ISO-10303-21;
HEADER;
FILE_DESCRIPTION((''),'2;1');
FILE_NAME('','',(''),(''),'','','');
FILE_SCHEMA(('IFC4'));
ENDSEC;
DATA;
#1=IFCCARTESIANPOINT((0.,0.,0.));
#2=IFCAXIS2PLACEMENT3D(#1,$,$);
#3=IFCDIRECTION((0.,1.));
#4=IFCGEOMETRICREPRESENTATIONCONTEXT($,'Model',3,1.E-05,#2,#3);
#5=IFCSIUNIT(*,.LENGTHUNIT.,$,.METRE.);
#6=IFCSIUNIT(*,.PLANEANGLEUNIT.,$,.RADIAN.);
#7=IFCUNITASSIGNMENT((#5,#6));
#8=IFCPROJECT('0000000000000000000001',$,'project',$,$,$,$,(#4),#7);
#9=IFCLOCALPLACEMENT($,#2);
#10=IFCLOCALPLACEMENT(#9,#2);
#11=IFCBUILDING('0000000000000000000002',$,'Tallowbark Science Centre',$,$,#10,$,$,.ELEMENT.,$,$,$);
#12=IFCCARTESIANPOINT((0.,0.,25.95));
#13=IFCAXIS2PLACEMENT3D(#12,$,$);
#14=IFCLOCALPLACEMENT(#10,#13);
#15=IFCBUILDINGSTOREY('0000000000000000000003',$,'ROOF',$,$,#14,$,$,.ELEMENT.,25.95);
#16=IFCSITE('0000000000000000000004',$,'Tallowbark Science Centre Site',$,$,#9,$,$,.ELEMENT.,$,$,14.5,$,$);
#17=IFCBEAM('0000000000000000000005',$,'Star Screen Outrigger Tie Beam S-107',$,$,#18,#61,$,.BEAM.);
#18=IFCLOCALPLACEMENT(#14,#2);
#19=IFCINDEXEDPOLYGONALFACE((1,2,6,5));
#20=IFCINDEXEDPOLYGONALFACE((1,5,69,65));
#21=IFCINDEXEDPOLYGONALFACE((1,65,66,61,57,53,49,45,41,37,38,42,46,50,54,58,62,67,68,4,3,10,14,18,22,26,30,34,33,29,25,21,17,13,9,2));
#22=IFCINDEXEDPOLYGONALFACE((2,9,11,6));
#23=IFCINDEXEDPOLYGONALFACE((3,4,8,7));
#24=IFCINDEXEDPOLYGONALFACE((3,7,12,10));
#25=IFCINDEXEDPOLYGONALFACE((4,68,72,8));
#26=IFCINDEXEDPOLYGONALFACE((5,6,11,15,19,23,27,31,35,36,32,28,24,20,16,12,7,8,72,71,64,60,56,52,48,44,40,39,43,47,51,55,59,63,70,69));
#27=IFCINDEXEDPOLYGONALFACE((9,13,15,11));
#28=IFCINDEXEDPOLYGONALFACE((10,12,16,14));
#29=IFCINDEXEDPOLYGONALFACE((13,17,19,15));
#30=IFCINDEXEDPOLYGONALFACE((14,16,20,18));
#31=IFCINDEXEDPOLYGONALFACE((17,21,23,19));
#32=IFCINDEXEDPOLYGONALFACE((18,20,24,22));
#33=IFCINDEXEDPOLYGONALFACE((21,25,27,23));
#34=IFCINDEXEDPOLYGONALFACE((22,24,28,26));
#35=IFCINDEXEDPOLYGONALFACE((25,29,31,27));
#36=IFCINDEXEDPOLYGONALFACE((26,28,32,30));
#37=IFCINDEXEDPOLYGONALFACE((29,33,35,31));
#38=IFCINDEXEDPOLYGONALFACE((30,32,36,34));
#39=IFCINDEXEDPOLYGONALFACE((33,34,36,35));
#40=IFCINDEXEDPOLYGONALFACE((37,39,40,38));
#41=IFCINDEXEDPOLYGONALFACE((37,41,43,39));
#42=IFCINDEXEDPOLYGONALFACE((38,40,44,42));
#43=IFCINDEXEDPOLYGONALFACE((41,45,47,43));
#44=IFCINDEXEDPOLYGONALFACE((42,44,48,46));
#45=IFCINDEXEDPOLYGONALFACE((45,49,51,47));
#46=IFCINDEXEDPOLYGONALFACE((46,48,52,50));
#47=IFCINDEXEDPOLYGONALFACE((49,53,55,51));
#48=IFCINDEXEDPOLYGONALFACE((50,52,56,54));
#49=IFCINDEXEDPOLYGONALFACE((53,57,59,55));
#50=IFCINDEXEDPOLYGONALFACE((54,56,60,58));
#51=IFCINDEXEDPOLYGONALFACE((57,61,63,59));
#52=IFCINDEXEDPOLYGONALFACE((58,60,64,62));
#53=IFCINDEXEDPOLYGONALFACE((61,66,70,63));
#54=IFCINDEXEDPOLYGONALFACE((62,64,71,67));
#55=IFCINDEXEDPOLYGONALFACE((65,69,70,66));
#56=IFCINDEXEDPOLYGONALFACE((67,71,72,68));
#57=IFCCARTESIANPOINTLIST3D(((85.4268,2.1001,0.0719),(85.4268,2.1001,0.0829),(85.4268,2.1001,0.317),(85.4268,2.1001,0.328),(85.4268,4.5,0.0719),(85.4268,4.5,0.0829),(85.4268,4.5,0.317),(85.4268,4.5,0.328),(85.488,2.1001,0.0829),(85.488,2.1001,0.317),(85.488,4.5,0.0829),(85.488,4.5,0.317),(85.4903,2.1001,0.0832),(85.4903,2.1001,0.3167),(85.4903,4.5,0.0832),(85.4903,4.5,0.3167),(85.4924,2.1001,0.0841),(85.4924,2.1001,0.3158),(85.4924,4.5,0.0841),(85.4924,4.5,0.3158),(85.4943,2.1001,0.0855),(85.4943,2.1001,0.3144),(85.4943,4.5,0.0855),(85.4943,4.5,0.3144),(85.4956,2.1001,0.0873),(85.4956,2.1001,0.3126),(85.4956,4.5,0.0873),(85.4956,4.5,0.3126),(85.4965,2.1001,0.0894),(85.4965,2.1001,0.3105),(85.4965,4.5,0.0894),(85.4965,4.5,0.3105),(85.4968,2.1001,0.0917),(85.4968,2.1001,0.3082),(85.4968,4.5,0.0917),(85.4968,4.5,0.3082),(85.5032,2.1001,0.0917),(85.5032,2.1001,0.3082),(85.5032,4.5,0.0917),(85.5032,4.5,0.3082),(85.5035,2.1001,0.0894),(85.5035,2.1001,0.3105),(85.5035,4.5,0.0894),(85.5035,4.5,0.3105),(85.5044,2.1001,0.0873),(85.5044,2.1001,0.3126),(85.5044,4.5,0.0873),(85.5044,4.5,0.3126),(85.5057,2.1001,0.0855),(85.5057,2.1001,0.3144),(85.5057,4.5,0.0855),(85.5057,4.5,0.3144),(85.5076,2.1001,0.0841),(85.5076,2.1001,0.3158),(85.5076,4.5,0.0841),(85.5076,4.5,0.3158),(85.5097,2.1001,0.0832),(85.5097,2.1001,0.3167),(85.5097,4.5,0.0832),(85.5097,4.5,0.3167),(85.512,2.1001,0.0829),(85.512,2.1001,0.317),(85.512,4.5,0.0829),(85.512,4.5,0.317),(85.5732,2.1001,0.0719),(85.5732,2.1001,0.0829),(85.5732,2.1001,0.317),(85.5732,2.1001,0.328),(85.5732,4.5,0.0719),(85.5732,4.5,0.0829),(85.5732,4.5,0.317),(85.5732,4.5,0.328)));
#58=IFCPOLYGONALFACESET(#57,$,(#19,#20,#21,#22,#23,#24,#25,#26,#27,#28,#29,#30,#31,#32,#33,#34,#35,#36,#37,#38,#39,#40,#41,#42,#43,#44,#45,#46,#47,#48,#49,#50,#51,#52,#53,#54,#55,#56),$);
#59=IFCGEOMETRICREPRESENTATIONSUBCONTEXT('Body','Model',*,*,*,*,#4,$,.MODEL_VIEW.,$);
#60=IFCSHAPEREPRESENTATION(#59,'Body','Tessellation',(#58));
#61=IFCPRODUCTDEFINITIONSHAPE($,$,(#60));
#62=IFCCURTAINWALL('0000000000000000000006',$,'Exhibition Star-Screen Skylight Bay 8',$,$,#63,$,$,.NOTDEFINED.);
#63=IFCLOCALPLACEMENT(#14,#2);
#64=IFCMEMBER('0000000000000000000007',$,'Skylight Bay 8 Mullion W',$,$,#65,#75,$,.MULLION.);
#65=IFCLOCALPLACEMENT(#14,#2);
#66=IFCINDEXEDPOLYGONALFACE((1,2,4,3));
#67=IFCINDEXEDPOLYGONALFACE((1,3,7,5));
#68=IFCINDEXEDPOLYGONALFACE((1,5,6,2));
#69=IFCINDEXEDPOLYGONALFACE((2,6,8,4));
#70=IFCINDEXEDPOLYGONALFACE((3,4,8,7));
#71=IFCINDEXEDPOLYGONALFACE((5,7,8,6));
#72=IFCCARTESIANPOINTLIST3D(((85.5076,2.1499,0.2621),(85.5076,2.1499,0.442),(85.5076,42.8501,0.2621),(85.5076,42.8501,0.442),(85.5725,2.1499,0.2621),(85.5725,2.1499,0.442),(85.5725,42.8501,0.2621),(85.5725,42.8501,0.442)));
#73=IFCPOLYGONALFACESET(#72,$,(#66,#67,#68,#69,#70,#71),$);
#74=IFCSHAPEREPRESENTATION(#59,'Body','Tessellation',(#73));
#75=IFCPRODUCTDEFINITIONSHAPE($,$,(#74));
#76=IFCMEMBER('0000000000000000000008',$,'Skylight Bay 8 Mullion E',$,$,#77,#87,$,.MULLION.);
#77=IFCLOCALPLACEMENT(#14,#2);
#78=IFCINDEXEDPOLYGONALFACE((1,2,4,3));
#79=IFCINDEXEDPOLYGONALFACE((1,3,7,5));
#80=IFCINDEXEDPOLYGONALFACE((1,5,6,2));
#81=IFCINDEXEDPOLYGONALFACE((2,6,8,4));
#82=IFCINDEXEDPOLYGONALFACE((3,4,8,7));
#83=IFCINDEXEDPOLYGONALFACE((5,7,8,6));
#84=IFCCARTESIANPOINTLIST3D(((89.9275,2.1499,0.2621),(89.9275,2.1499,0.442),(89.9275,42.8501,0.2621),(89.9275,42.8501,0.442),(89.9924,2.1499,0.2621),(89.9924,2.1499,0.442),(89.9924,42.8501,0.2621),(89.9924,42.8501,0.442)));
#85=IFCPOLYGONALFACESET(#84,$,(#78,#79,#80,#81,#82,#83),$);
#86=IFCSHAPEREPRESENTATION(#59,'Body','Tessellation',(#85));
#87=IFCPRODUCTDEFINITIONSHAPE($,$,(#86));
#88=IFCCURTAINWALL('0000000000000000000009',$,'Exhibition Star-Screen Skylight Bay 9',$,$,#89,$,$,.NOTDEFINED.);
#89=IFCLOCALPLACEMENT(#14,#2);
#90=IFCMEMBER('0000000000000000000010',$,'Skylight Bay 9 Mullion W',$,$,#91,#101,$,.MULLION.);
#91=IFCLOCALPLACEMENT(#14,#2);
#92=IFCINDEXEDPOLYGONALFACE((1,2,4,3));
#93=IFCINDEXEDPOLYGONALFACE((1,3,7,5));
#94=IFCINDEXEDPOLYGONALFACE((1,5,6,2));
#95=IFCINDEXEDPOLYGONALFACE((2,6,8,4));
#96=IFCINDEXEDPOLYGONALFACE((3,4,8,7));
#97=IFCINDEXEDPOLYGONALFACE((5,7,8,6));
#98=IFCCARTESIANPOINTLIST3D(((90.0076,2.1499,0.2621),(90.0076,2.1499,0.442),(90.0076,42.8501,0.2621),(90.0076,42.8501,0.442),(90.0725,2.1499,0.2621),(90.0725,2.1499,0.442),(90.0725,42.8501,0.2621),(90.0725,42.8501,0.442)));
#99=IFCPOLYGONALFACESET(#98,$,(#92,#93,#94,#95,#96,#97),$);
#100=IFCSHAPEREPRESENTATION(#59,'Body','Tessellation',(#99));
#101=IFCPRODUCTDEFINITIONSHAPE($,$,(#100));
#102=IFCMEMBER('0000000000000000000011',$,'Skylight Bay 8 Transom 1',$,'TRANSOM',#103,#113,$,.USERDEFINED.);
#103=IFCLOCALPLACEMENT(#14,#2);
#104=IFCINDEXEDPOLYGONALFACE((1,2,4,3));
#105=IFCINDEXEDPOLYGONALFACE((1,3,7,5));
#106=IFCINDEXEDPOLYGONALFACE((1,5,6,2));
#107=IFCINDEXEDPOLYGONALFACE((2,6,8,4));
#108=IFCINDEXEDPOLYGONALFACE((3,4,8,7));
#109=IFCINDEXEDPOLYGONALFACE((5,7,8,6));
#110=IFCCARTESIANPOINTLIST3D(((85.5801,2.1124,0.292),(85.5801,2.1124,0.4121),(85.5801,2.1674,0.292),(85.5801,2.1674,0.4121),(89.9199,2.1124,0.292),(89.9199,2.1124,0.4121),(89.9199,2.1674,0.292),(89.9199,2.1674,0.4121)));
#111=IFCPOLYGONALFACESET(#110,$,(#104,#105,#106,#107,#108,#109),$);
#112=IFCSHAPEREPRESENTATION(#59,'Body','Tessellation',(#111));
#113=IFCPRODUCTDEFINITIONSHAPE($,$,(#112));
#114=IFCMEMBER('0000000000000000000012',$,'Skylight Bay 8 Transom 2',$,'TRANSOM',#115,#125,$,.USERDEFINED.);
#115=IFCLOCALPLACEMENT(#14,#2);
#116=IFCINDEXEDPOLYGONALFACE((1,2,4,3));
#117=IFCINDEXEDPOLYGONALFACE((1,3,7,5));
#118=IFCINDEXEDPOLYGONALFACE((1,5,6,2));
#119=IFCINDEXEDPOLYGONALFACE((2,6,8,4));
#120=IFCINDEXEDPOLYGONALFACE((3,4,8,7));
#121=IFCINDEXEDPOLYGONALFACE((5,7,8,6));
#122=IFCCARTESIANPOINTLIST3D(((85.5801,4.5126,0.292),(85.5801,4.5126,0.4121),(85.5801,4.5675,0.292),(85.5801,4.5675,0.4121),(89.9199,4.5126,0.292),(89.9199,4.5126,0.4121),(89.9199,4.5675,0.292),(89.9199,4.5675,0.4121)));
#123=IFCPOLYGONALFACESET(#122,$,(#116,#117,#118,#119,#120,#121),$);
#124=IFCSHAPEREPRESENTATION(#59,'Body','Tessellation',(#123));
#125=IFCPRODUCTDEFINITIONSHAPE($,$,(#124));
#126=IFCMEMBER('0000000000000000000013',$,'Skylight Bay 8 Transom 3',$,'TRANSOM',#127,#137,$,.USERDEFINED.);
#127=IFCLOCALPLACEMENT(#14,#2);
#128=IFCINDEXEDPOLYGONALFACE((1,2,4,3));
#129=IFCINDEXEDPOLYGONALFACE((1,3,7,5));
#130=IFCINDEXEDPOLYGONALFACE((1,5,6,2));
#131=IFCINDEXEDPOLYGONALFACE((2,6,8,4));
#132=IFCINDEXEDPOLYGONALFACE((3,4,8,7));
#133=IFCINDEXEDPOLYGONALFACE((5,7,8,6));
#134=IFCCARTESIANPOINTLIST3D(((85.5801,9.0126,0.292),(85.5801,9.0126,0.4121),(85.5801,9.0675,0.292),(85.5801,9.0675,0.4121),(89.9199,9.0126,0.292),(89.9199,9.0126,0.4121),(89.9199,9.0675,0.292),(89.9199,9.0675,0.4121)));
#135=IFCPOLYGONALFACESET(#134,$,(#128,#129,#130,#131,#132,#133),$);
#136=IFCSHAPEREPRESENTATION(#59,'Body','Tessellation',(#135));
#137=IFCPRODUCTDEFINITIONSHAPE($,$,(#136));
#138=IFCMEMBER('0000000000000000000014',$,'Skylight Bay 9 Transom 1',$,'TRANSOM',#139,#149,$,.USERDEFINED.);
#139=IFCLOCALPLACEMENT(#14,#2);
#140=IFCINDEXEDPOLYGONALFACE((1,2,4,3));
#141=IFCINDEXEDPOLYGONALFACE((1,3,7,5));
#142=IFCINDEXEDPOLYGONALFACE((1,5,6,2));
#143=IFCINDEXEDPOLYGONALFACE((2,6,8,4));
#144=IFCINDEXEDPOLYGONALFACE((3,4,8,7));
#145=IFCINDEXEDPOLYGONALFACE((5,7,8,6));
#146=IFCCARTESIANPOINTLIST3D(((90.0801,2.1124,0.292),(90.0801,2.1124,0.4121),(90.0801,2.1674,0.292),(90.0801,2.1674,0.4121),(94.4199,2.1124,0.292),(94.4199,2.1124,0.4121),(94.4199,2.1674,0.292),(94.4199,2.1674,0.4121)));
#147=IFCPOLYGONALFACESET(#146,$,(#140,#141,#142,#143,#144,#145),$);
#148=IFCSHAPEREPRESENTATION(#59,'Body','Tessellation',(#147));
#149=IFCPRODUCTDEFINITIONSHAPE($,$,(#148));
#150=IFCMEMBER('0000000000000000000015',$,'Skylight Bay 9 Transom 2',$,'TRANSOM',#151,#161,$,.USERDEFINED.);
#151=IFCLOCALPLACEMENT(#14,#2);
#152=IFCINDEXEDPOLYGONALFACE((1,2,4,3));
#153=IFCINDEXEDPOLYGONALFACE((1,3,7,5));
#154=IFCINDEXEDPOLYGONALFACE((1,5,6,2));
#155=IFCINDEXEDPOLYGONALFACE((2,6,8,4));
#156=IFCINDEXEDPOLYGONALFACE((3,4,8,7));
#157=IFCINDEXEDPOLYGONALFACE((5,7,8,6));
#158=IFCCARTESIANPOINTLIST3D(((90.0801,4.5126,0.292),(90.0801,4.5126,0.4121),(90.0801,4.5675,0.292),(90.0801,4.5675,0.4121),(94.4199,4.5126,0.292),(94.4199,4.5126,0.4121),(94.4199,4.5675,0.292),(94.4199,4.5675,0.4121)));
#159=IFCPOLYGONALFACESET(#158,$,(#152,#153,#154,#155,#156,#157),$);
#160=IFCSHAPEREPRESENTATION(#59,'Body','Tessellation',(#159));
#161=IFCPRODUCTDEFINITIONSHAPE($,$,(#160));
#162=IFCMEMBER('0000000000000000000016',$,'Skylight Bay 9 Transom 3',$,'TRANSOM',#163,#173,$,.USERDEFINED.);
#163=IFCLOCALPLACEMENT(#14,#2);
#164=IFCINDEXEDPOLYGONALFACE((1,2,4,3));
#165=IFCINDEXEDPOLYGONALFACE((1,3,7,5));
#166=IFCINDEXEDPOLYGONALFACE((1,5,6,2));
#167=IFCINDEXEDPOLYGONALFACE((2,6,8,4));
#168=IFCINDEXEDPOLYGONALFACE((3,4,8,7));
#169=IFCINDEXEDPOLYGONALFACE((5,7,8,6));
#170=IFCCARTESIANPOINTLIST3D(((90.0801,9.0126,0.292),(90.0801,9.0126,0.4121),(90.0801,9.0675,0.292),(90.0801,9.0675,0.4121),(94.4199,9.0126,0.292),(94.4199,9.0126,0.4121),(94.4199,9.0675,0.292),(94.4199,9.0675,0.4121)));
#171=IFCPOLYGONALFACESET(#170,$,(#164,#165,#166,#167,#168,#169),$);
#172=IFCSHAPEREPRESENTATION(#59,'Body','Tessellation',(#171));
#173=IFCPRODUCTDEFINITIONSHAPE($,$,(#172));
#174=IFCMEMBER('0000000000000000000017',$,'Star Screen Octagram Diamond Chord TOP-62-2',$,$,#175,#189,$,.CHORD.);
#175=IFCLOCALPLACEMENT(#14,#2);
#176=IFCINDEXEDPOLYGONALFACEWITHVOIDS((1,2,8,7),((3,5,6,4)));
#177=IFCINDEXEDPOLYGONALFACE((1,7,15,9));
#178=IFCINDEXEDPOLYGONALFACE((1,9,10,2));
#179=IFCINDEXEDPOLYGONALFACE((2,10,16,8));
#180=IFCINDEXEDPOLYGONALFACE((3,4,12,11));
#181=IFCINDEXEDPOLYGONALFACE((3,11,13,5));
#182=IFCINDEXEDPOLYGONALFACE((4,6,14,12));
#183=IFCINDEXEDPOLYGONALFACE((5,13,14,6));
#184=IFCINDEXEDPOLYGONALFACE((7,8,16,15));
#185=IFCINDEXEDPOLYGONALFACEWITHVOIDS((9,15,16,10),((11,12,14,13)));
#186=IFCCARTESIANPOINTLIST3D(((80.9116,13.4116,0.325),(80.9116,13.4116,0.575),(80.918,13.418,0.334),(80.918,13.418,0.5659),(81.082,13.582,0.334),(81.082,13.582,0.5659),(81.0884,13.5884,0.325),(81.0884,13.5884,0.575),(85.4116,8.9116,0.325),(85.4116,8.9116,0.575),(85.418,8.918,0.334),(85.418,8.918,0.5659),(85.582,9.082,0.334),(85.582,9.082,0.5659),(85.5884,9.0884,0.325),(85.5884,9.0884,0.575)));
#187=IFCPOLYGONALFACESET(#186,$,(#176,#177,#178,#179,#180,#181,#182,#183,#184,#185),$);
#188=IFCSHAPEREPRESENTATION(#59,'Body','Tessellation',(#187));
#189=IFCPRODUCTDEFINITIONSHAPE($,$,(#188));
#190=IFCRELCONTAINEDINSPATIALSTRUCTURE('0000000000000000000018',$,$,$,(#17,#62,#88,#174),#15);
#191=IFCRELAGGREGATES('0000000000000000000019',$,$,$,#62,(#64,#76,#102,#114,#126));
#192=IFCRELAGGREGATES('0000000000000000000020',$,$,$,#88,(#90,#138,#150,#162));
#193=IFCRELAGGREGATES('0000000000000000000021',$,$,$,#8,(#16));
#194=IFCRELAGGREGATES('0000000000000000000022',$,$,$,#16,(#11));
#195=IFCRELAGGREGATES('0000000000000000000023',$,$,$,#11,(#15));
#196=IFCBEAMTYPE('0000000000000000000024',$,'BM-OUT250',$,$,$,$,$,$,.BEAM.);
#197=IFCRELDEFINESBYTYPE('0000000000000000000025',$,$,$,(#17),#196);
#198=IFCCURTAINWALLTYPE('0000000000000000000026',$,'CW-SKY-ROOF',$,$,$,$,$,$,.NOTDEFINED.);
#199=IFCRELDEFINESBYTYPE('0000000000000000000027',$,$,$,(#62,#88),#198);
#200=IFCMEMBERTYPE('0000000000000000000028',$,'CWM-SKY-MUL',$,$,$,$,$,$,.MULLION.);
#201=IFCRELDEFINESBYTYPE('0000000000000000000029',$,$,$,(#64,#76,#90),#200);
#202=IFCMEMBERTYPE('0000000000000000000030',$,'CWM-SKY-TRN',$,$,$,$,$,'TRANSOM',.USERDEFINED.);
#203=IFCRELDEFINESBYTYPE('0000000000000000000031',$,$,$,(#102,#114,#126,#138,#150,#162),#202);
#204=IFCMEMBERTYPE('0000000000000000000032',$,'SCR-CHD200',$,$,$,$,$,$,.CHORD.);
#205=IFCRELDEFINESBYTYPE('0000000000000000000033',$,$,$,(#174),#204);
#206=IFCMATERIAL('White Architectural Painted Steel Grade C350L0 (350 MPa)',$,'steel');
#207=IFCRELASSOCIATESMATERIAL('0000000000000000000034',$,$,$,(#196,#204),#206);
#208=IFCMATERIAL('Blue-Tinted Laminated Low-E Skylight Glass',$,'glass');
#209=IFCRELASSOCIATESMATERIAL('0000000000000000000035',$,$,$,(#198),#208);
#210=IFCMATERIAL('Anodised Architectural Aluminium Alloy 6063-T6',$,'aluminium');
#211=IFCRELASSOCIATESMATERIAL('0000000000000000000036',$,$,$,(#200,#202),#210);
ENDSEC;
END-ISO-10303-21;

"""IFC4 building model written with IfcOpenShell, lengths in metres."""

from ifc_helpers import new_model, si_unit, direction, frame, origin, origin_2d, place, context, subcontext, project, spatial, rectangle, hollow_rectangle, i_section, extrude, material, material_profile, profile_set, type_object, element, aggregate, save


model = new_model("IFC4")

# Units and contexts
model_context = context("Model", 3, precision=1e-05, world=origin(), true_north=direction((0.0, 1.0)))
body_context = subcontext(model_context, "Body", "Model", "MODEL_VIEW")
ifc_project = project(units=[si_unit("LENGTHUNIT", "METRE"), si_unit("PLANEANGLEUNIT", "RADIAN")], contexts=[model_context])

# Site, building, storey
site_placement = place(None, origin())
site = spatial("IfcSite", under=ifc_project, at=site_placement, Name="Tallowbark Science Centre Site", CompositionType="ELEMENT", RefElevation=14.5)
building_placement = place(site_placement, origin())
building = spatial("IfcBuilding", under=site, at=building_placement, Name="Tallowbark Science Centre", CompositionType="ELEMENT")
storey_placement = place(building_placement, frame((0.0, 0.0, 25.95)))
storey = spatial("IfcBuildingStorey", under=building, at=storey_placement, Name="ROOF", CompositionType="ELEMENT", Elevation=25.95)

# Beam
ifc_material_1 = material(Name="White Architectural Painted Steel Grade C350L0 (350 MPa)", Category="steel")
ifc_material_profile_1 = material_profile(ifc_material_1, i_section(OverallWidth=0.1465, OverallDepth=0.2561, WebThickness=0.0063, FlangeThickness=0.011, FilletRadius=0.0088, at=origin_2d()), Name="250UB37.3")
ifc_profile_set_1 = profile_set([ifc_material_profile_1], Name="White Architectural Painted Steel Grade C350L0 (350 MPa)")
beam_type = type_object("IfcBeamType", Name="BM-OUT250", PredefinedType="BEAM", material=ifc_profile_set_1)
beam_placement = place(storey_placement, frame((85.5, 4.5, 0.2), z_axis=(0.0, -1.0, 0.0), x_axis=(1.0, 0.0, 0.0)))
element("IfcBeam", 1, at=beam_placement, inside=storey, type_object=beam_type, Name="Star Screen Outrigger Tie Beam S-107", PredefinedType="BEAM", context=body_context, shape_type="SweptSolid", body=[
    extrude(i_section(OverallWidth=0.1465, OverallDepth=0.2561, WebThickness=0.0063, FlangeThickness=0.011, FilletRadius=0.0088, at=origin_2d()), origin(), (0.0, 0.0, 1.0), 2.3999),
])

# Curtain wall, members
ifc_material_2 = material(Name="Blue-Tinted Laminated Low-E Skylight Glass", Category="glass")
curtain_wall_type = type_object("IfcCurtainWallType", Name="CW-SKY-ROOF", PredefinedType="NOTDEFINED", material=ifc_material_2)
curtain_wall_1_placement = place(storey_placement, origin())
curtain_wall_1 = element("IfcCurtainWall", 2, at=curtain_wall_1_placement, inside=storey, type_object=curtain_wall_type, Name="Exhibition Star-Screen Skylight Bay 8", PredefinedType="NOTDEFINED")
ifc_material_3 = material(Name="Anodised Architectural Aluminium Alloy 6063-T6", Category="aluminium")
ifc_material_profile_2 = material_profile(ifc_material_3, rectangle(XDim=0.0649, YDim=0.1799, at=origin_2d()), Name="ALU65x180")
ifc_profile_set_2 = profile_set([ifc_material_profile_2], Name="Anodised Architectural Aluminium Alloy 6063-T6")
member_type_1 = type_object("IfcMemberType", Name="CWM-SKY-MUL", PredefinedType="MULLION", material=ifc_profile_set_2)
member_1_placement = place(storey_placement, frame((85.54, 2.1499, 0.3521), z_axis=(0.0, 1.0, 0.0), x_axis=(-1.0, 0.0, 0.0)))
member_1 = element("IfcMember", 3, at=member_1_placement, type_object=member_type_1, Name="Skylight Bay 8 Mullion W", PredefinedType="MULLION", context=body_context, shape_type="SweptSolid", body=[
    extrude(rectangle(XDim=0.0649, YDim=0.1799, at=origin_2d()), origin(), (0.0, 0.0, 1.0), 40.7002),
])
member_2_placement = place(storey_placement, frame((89.96, 2.1499, 0.3521), z_axis=(0.0, 1.0, 0.0), x_axis=(-1.0, 0.0, 0.0)))
member_2 = element("IfcMember", 4, at=member_2_placement, type_object=member_type_1, Name="Skylight Bay 8 Mullion E", PredefinedType="MULLION", context=body_context, shape_type="SweptSolid", body=[
    extrude(rectangle(XDim=0.0649, YDim=0.1799, at=origin_2d()), origin(), (0.0, 0.0, 1.0), 40.7002),
])

# Curtain wall, member
curtain_wall_2_placement = place(storey_placement, origin())
curtain_wall_2 = element("IfcCurtainWall", 5, at=curtain_wall_2_placement, inside=storey, type_object=curtain_wall_type, Name="Exhibition Star-Screen Skylight Bay 9", PredefinedType="NOTDEFINED")
member_3_placement = place(storey_placement, frame((90.04, 2.1499, 0.3521), z_axis=(0.0, 1.0, 0.0), x_axis=(-1.0, 0.0, 0.0)))
member_3 = element("IfcMember", 6, at=member_3_placement, type_object=member_type_1, Name="Skylight Bay 9 Mullion W", PredefinedType="MULLION", context=body_context, shape_type="SweptSolid", body=[
    extrude(rectangle(XDim=0.0649, YDim=0.1799, at=origin_2d()), origin(), (0.0, 0.0, 1.0), 40.7002),
])

# Members
ifc_material_profile_3 = material_profile(ifc_material_3, rectangle(XDim=0.0549, YDim=0.1201, at=origin_2d()), Name="ALU55x120")
ifc_profile_set_3 = profile_set([ifc_material_profile_3], Name="Anodised Architectural Aluminium Alloy 6063-T6")
member_type_2 = type_object("IfcMemberType", Name="CWM-SKY-TRN", ElementType="TRANSOM", PredefinedType="USERDEFINED", material=ifc_profile_set_3)
member_4_placement = place(storey_placement, frame((85.5801, 2.1399, 0.3521), z_axis=(1.0, 0.0, 0.0), x_axis=(0.0, 1.0, 0.0)))
member_4 = element("IfcMember", 7, at=member_4_placement, type_object=member_type_2, Name="Skylight Bay 8 Transom 1", ObjectType="TRANSOM", PredefinedType="USERDEFINED", context=body_context, shape_type="SweptSolid", body=[
    extrude(rectangle(XDim=0.0549, YDim=0.1201, at=origin_2d()), origin(), (0.0, 0.0, 1.0), 4.3398),
])
member_5_placement = place(storey_placement, frame((85.5801, 4.54, 0.3521), z_axis=(1.0, 0.0, 0.0), x_axis=(0.0, 1.0, 0.0)))
member_5 = element("IfcMember", 8, at=member_5_placement, type_object=member_type_2, Name="Skylight Bay 8 Transom 2", ObjectType="TRANSOM", PredefinedType="USERDEFINED", context=body_context, shape_type="SweptSolid", body=[
    extrude(rectangle(XDim=0.0549, YDim=0.1201, at=origin_2d()), origin(), (0.0, 0.0, 1.0), 4.3398),
])
member_6_placement = place(storey_placement, frame((85.5801, 9.04, 0.3521), z_axis=(1.0, 0.0, 0.0), x_axis=(0.0, 1.0, 0.0)))
member_6 = element("IfcMember", 9, at=member_6_placement, type_object=member_type_2, Name="Skylight Bay 8 Transom 3", ObjectType="TRANSOM", PredefinedType="USERDEFINED", context=body_context, shape_type="SweptSolid", body=[
    extrude(rectangle(XDim=0.0549, YDim=0.1201, at=origin_2d()), origin(), (0.0, 0.0, 1.0), 4.3398),
])
member_7_placement = place(storey_placement, frame((90.0801, 2.1399, 0.3521), z_axis=(1.0, 0.0, 0.0), x_axis=(0.0, 1.0, 0.0)))
member_7 = element("IfcMember", 10, at=member_7_placement, type_object=member_type_2, Name="Skylight Bay 9 Transom 1", ObjectType="TRANSOM", PredefinedType="USERDEFINED", context=body_context, shape_type="SweptSolid", body=[
    extrude(rectangle(XDim=0.0549, YDim=0.1201, at=origin_2d()), origin(), (0.0, 0.0, 1.0), 4.3398),
])
member_8_placement = place(storey_placement, frame((90.0801, 4.54, 0.3521), z_axis=(1.0, 0.0, 0.0), x_axis=(0.0, 1.0, 0.0)))
member_8 = element("IfcMember", 11, at=member_8_placement, type_object=member_type_2, Name="Skylight Bay 9 Transom 2", ObjectType="TRANSOM", PredefinedType="USERDEFINED", context=body_context, shape_type="SweptSolid", body=[
    extrude(rectangle(XDim=0.0549, YDim=0.1201, at=origin_2d()), origin(), (0.0, 0.0, 1.0), 4.3398),
])
member_9_placement = place(storey_placement, frame((90.0801, 9.04, 0.3521), z_axis=(1.0, 0.0, 0.0), x_axis=(0.0, 1.0, 0.0)))
member_9 = element("IfcMember", 12, at=member_9_placement, type_object=member_type_2, Name="Skylight Bay 9 Transom 3", ObjectType="TRANSOM", PredefinedType="USERDEFINED", context=body_context, shape_type="SweptSolid", body=[
    extrude(rectangle(XDim=0.0549, YDim=0.1201, at=origin_2d()), origin(), (0.0, 0.0, 1.0), 4.3398),
])

# Member
ifc_material_profile_4 = material_profile(ifc_material_1, hollow_rectangle(XDim=0.25, YDim=0.25, WallThickness=0.009, at=origin_2d()), Name="250x250x9.0SHS")
ifc_profile_set_4 = profile_set([ifc_material_profile_4], Name="White Architectural Painted Steel Grade C350L0 (350 MPa)")
member_type_3 = type_object("IfcMemberType", Name="SCR-CHD200", PredefinedType="CHORD", material=ifc_profile_set_4)
for number, where, z_axis, x_axis, name in (
    (13, (85.5, 9.0, 0.45), (-0.707107, 0.707107, 0.0), (-0.707107, -0.707107, 0.0), "Star Screen Octagram Diamond Chord TOP-62-2"),
):
    element("IfcMember", number, at=place(storey_placement, frame(where, z_axis=z_axis, x_axis=x_axis)), inside=storey, type_object=member_type_3, Name=name, PredefinedType="CHORD", context=body_context, shape_type="SweptSolid", body=[
        extrude(hollow_rectangle(XDim=0.25, YDim=0.25, WallThickness=0.009, at=origin_2d()), origin(), (0.0, 0.0, 1.0), 6.364),
    ])

aggregate(curtain_wall_1, [member_1, member_2, member_4, member_5, member_6])
aggregate(curtain_wall_2, [member_3, member_7, member_8, member_9])

save(model, "model.ifc")
